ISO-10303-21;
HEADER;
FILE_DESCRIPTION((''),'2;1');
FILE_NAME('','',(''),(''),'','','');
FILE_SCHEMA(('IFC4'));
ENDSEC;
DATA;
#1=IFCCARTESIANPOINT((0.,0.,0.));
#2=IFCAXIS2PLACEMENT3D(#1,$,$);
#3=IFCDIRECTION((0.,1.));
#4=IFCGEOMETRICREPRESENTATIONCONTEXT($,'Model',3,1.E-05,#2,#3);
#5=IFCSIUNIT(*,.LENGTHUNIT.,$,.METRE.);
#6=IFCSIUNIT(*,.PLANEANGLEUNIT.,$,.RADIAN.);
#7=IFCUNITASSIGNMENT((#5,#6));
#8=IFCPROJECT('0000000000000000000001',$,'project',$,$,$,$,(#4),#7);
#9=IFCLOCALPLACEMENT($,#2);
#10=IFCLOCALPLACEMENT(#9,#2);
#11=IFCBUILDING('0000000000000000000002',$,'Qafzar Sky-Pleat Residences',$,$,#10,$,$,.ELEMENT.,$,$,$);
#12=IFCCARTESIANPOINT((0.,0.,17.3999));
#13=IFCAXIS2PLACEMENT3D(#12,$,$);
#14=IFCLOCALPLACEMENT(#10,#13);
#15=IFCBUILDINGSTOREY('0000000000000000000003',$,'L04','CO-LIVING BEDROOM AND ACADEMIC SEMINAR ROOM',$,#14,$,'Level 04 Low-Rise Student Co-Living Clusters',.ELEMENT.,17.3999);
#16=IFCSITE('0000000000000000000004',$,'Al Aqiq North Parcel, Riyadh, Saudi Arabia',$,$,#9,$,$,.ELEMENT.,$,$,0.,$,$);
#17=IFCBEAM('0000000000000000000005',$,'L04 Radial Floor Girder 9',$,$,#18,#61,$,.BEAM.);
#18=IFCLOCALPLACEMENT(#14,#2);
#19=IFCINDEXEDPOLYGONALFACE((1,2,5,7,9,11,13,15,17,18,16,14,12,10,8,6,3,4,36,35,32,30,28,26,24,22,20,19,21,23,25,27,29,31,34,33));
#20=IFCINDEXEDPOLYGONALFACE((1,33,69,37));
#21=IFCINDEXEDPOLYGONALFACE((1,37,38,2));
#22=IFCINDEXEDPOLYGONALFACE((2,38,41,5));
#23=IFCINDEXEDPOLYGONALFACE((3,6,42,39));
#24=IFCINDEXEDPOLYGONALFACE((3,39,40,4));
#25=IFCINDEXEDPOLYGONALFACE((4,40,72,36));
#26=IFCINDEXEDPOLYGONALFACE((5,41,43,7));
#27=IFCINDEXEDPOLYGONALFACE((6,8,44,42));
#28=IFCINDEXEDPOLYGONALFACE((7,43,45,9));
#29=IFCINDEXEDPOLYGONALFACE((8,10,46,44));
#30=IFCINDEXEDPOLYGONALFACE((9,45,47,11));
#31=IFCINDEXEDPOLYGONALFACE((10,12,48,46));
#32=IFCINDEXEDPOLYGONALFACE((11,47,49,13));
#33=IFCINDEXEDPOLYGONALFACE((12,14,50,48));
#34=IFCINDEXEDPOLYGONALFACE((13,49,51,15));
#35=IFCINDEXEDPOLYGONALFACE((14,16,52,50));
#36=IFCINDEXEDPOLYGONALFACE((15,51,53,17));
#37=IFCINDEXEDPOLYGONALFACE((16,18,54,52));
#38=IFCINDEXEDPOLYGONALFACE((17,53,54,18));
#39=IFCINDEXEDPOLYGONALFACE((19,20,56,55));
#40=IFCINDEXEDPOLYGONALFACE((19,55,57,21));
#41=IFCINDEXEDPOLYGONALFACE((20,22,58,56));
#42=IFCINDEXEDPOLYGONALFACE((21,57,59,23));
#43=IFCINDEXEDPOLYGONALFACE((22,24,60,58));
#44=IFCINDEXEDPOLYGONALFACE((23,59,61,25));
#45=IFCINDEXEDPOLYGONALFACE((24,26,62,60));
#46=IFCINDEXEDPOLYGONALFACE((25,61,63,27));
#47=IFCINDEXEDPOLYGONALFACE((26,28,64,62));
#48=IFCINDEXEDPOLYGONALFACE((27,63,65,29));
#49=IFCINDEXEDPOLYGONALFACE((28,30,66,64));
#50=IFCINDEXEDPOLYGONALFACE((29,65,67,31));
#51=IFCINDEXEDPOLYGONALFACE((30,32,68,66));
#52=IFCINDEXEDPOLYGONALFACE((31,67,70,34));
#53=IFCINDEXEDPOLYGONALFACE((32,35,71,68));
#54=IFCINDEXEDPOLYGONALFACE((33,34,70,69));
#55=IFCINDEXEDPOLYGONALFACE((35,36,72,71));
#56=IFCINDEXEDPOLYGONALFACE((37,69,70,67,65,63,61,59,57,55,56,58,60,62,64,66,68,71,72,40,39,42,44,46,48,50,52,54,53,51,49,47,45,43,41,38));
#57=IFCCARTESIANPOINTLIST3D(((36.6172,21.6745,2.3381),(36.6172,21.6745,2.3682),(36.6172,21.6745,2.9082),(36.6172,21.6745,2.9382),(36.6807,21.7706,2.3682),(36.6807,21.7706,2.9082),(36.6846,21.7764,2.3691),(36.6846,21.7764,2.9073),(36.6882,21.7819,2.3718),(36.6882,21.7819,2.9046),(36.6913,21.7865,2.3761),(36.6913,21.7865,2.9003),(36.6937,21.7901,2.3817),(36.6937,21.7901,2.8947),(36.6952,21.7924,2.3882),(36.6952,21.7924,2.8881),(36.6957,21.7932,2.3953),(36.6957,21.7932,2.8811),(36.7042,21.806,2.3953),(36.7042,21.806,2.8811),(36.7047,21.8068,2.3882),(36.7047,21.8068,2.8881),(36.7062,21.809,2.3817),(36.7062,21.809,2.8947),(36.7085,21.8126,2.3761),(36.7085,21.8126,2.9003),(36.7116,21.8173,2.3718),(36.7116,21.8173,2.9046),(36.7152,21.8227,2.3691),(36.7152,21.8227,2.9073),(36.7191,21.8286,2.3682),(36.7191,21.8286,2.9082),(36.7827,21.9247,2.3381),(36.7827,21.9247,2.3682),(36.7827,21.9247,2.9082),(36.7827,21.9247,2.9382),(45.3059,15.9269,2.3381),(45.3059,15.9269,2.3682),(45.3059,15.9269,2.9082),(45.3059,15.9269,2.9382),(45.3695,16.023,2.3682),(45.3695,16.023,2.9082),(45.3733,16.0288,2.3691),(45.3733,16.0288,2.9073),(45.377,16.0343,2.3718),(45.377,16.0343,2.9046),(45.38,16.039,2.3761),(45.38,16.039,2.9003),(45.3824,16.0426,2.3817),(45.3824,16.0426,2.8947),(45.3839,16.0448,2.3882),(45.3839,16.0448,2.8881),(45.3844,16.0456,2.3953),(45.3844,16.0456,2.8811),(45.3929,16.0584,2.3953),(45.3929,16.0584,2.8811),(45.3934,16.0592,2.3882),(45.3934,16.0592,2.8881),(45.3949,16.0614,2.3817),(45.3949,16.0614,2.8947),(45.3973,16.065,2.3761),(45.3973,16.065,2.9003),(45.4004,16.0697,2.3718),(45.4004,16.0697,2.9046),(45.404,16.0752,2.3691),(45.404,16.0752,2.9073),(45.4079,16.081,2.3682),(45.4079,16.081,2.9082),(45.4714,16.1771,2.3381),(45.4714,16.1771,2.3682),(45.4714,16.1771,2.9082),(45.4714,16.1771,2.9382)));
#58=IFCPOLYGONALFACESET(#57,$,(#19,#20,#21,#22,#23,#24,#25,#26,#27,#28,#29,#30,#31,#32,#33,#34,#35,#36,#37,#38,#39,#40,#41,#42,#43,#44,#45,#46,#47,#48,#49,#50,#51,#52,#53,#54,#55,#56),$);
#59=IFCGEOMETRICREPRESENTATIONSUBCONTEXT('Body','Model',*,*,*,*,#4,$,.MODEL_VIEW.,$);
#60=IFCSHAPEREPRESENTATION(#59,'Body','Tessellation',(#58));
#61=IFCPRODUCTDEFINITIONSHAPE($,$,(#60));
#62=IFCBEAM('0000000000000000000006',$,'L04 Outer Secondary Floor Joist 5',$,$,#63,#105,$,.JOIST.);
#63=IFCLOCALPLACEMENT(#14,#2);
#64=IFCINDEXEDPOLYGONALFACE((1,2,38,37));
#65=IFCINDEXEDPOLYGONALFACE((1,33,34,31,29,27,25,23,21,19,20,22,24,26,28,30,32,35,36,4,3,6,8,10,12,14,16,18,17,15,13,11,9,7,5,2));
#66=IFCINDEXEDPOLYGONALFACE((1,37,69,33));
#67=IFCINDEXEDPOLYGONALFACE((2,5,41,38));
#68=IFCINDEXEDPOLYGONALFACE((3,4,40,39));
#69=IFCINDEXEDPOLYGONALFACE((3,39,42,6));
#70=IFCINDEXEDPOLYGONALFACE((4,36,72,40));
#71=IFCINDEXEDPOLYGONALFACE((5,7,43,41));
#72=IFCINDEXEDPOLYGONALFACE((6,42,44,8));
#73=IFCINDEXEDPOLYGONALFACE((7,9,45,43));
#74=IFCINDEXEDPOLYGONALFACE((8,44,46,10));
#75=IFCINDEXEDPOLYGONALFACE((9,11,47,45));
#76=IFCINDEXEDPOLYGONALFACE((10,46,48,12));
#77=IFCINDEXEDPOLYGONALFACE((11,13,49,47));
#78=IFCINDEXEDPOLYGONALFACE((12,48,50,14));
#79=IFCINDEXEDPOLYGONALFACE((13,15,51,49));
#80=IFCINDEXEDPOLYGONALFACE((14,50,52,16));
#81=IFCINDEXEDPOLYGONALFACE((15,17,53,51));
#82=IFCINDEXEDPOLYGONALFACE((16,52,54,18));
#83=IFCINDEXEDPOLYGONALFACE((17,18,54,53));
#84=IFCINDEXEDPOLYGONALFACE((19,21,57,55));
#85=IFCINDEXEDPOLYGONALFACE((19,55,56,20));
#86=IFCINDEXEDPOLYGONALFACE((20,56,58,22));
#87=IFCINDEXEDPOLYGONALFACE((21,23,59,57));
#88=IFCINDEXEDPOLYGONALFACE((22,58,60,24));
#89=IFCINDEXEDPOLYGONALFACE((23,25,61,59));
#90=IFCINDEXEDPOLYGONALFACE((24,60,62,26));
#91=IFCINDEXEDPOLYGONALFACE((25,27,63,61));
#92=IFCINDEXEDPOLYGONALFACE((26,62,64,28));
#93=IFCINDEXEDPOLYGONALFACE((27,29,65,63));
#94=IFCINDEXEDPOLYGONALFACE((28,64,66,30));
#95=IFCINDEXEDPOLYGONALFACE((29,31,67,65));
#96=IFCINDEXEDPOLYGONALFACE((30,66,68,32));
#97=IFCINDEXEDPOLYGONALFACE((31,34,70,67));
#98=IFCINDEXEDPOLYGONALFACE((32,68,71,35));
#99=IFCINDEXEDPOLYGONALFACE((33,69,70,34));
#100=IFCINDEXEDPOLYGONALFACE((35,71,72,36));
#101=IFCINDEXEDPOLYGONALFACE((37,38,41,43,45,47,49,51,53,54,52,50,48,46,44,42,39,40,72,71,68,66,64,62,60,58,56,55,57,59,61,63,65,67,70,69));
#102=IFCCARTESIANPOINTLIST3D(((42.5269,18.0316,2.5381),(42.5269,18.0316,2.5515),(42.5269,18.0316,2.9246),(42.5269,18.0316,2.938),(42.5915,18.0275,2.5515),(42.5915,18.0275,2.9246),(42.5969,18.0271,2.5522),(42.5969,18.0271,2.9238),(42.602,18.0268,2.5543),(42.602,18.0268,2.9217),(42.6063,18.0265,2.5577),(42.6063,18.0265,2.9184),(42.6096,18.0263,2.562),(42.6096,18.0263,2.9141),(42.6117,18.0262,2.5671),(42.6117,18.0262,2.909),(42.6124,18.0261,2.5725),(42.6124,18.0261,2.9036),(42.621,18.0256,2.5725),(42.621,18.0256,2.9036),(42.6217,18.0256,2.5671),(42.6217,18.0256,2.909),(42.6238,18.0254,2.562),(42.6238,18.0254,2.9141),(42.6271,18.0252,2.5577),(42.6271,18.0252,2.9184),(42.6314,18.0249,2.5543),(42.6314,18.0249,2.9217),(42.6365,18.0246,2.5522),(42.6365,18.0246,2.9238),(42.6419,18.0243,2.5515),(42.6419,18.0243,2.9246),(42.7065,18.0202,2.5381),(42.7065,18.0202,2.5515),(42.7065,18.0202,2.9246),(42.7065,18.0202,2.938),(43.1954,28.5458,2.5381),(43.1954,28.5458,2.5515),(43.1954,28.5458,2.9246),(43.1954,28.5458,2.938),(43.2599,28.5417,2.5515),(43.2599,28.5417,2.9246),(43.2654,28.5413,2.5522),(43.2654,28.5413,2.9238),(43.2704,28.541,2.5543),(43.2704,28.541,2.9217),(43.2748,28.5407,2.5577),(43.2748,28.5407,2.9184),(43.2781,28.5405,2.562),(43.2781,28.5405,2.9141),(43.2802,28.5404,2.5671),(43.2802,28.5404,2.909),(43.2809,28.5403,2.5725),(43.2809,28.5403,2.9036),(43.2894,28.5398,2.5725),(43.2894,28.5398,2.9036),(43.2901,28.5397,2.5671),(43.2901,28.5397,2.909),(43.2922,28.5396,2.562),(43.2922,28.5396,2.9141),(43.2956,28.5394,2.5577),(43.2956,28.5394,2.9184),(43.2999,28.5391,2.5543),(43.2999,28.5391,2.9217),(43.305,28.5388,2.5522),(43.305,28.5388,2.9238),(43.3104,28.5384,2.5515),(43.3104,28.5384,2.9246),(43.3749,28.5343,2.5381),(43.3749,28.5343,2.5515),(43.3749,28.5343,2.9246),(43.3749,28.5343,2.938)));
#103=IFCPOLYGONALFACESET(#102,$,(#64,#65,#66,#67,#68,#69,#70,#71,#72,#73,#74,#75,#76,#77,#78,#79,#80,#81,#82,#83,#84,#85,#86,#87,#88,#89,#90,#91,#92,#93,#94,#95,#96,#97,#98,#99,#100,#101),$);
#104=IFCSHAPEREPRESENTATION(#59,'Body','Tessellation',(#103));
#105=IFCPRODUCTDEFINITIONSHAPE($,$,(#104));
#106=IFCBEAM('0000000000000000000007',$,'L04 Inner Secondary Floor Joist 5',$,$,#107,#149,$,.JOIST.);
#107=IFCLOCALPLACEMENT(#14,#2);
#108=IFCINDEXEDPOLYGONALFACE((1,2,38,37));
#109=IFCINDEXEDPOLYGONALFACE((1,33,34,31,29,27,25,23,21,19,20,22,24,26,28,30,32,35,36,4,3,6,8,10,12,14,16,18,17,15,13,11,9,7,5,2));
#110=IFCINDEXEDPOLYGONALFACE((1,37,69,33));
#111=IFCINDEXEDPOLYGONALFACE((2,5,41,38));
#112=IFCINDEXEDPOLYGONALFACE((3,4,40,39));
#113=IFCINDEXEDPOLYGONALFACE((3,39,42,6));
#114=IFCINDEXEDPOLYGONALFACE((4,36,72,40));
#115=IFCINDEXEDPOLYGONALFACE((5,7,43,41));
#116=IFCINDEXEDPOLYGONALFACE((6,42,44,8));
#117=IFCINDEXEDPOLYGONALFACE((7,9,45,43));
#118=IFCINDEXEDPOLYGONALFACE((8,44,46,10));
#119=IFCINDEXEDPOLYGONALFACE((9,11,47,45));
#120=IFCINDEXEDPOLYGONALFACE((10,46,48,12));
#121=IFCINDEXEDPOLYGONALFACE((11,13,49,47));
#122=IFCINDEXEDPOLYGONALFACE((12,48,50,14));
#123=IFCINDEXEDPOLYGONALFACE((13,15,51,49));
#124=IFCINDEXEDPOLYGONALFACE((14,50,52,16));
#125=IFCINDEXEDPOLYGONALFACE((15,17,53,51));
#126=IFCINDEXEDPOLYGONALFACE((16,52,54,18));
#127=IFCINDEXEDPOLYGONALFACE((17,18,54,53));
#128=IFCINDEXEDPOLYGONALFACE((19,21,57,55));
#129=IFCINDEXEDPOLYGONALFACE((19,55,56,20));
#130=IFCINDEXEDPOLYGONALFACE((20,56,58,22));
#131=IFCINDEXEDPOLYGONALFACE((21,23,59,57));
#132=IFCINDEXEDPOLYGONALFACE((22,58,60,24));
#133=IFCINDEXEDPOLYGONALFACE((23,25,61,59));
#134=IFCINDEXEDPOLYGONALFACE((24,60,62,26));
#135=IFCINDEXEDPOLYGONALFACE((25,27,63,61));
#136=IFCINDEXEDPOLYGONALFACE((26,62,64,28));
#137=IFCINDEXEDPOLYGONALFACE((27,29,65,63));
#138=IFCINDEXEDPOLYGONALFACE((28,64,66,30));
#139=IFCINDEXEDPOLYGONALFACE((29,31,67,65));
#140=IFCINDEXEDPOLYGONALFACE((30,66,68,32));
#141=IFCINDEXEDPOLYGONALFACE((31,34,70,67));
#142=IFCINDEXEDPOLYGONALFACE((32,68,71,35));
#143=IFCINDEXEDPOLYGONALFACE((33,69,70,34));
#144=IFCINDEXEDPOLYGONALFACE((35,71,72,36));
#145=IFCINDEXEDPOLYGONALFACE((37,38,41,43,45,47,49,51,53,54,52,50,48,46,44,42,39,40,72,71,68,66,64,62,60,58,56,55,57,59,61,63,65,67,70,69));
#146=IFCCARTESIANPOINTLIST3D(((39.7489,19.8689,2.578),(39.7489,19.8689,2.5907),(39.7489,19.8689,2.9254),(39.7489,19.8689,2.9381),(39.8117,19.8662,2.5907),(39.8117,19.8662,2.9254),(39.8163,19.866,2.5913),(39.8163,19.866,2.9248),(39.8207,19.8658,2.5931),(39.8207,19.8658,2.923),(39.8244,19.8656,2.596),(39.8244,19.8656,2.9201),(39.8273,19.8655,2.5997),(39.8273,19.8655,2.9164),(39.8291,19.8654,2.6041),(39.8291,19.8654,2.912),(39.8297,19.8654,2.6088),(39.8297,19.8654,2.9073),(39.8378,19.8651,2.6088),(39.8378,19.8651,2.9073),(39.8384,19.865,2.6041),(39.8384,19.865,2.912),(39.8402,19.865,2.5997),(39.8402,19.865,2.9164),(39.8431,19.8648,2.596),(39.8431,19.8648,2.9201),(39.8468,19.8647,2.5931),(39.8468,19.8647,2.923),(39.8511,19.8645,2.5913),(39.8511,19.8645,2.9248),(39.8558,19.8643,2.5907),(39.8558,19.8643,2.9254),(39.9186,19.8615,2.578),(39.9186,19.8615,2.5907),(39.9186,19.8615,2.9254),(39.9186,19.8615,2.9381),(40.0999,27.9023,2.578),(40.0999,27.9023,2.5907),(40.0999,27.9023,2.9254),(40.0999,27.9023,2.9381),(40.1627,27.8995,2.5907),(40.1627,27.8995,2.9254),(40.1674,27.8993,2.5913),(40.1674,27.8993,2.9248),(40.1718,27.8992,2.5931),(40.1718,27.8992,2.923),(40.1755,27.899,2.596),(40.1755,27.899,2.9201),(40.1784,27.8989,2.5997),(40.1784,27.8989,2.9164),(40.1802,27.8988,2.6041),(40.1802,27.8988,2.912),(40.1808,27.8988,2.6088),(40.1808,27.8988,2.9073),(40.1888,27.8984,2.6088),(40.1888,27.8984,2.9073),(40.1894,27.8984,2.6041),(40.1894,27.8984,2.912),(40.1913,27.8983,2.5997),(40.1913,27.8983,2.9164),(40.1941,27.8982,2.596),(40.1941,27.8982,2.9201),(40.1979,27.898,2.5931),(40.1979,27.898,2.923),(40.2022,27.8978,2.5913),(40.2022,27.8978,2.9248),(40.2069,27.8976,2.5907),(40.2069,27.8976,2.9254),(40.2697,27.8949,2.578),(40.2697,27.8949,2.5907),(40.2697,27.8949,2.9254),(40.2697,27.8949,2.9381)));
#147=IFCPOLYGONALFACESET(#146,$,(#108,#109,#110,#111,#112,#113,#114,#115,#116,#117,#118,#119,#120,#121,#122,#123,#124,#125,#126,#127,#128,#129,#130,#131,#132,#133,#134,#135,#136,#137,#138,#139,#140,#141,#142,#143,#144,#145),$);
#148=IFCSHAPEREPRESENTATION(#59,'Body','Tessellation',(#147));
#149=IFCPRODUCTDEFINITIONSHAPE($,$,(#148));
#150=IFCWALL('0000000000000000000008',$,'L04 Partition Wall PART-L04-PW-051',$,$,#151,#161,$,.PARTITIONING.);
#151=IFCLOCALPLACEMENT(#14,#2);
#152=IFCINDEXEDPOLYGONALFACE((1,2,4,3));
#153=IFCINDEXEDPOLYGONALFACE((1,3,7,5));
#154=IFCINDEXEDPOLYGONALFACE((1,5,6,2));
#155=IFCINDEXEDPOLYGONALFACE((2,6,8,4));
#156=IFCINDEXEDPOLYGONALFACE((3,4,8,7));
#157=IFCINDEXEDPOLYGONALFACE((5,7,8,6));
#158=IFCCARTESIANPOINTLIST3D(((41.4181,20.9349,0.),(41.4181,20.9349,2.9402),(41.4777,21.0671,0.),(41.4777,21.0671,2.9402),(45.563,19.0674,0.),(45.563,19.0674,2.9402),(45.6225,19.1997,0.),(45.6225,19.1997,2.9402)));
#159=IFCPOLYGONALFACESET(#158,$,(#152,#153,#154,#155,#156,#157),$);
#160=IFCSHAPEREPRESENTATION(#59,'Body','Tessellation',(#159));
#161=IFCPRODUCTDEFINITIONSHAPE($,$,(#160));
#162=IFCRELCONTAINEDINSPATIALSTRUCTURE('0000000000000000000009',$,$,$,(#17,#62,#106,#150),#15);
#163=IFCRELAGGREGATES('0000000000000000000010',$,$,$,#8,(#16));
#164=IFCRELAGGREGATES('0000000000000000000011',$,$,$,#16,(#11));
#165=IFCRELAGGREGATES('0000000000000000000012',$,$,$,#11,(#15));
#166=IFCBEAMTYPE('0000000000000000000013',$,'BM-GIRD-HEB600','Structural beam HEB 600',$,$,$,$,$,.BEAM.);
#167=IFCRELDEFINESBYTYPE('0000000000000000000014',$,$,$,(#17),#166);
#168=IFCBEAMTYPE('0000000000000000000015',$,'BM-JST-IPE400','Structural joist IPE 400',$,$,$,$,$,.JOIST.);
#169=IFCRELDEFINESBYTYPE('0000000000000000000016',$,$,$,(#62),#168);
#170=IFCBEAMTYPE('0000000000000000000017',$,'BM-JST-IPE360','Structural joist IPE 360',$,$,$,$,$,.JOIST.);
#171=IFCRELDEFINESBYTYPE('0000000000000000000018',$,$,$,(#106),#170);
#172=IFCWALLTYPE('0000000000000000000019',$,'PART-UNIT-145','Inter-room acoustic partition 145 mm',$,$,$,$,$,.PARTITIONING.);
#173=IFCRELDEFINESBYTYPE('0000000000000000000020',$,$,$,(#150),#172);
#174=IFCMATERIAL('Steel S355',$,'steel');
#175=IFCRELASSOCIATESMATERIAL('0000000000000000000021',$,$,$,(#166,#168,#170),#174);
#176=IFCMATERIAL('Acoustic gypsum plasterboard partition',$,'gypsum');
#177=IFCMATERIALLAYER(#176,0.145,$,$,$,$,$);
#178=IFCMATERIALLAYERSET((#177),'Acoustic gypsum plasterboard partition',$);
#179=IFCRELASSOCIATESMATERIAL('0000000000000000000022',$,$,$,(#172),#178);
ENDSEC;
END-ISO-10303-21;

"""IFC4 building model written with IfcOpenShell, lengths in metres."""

from ifc_helpers import new_model, si_unit, direction, frame, frame_2d, origin, origin_2d, place, context, subcontext, project, spatial, rectangle, i_section, extrude, source, transform, mapped, material, layer, layer_set, material_profile, profile_set, type_object, element, save


model = new_model("IFC4")

# Units and contexts
model_context = context("Model", 3, precision=1e-05, world=origin(), true_north=direction((0.0, 1.0)))
body_context = subcontext(model_context, "Body", "Model", "MODEL_VIEW")
ifc_project = project(units=[si_unit("LENGTHUNIT", "METRE"), si_unit("PLANEANGLEUNIT", "RADIAN")], contexts=[model_context])

# Site, building, storey
site_placement = place(None, origin())
site = spatial("IfcSite", under=ifc_project, at=site_placement, Name="Al Aqiq North Parcel, Riyadh, Saudi Arabia", CompositionType="ELEMENT", RefElevation=0.0)
building_placement = place(site_placement, origin())
building = spatial("IfcBuilding", under=site, at=building_placement, Name="Qafzar Sky-Pleat Residences", CompositionType="ELEMENT")
storey_placement = place(building_placement, frame((0.0, 0.0, 17.3999)))
storey = spatial("IfcBuildingStorey", under=building, at=storey_placement, Name="L04", Description="CO-LIVING BEDROOM AND ACADEMIC SEMINAR ROOM", LongName="Level 04 Low-Rise Student Co-Living Clusters", CompositionType="ELEMENT", Elevation=17.3999)

# Beams
ifc_material_1 = material(Name="Steel S355", Category="steel")
ifc_material_profile_1 = material_profile(ifc_material_1, i_section(OverallWidth=0.3, OverallDepth=0.6001, WebThickness=0.0154, FlangeThickness=0.03, FilletRadius=0.0271, at=origin_2d()), Name="HEB 600")
ifc_profile_set_1 = profile_set([ifc_material_profile_1], Name="Steel S355")
beam_type_1 = type_object("IfcBeamType", Name="BM-GIRD-HEB600", Description="Structural beam HEB 600", PredefinedType="BEAM", material=ifc_profile_set_1)
shared_shape_1 = source(origin(), body_context, "Body", "SweptSolid", [
    extrude(i_section(OverallWidth=0.3, OverallDepth=0.6001, WebThickness=0.0154, FlangeThickness=0.03, FilletRadius=0.0271, at=origin_2d()), origin(), (0.0, 0.0, 1.0), 10.4177),
])
beam_1_placement = place(storey_placement, frame((45.3887, 16.052, 2.6382), z_axis=(-0.834035, 0.551711, 0.0), x_axis=(-0.551711, -0.834035, 0.0)))
element("IfcBeam", 1, at=beam_1_placement, inside=storey, type_object=beam_type_1, Name="L04 Radial Floor Girder 9", PredefinedType="BEAM", context=body_context, shape_type="MappedRepresentation", body=[
    mapped(shared_shape_1, transform((0.0, 0.0, 0.0), x_axis=(1.0, 0.0, 0.0), y_axis=(0.0, 1.0, 0.0), z_axis=(0.0, 0.0, 1.0), scale=1.0)),
])
ifc_material_profile_2 = material_profile(ifc_material_1, i_section(OverallWidth=0.1799, OverallDepth=0.3999, WebThickness=0.0085, FlangeThickness=0.0134, FilletRadius=0.021, at=origin_2d()), Name="IPE 400")
ifc_profile_set_2 = profile_set([ifc_material_profile_2], Name="Steel S355")
beam_type_2 = type_object("IfcBeamType", Name="BM-JST-IPE400", Description="Structural joist IPE 400", PredefinedType="JOIST", material=ifc_profile_set_2)
shared_shape_2 = source(origin(), body_context, "Body", "SweptSolid", [
    extrude(i_section(OverallWidth=0.1799, OverallDepth=0.3999, WebThickness=0.0085, FlangeThickness=0.0134, FilletRadius=0.021, at=origin_2d()), origin(), (0.0, 0.0, 1.0), 10.5354),
])
beam_2_placement = place(storey_placement, frame((42.6167, 18.0259, 2.738), z_axis=(0.063449, 0.997985, 0.0), x_axis=(-0.997985, 0.063449, 0.0)))
element("IfcBeam", 2, at=beam_2_placement, inside=storey, type_object=beam_type_2, Name="L04 Outer Secondary Floor Joist 5", PredefinedType="JOIST", context=body_context, shape_type="MappedRepresentation", body=[
    mapped(shared_shape_2, transform((0.0, 0.0, 0.0), x_axis=(1.0, 0.0, 0.0), y_axis=(0.0, 1.0, 0.0), z_axis=(0.0, 0.0, 1.0), scale=1.0)),
])
ifc_material_profile_3 = material_profile(ifc_material_1, i_section(OverallWidth=0.1699, OverallDepth=0.3601, WebThickness=0.0081, FlangeThickness=0.0127, FilletRadius=0.0181, at=origin_2d()), Name="IPE 360")
ifc_profile_set_3 = profile_set([ifc_material_profile_3], Name="Steel S355")
beam_type_3 = type_object("IfcBeamType", Name="BM-JST-IPE360", Description="Structural joist IPE 360", PredefinedType="JOIST", material=ifc_profile_set_3)
shared_shape_3 = source(origin(), body_context, "Body", "SweptSolid", [
    extrude(i_section(OverallWidth=0.1699, OverallDepth=0.3601, WebThickness=0.0081, FlangeThickness=0.0127, FilletRadius=0.0181, at=origin_2d()), origin(), (0.0, 0.0, 1.0), 8.041),
])
beam_3_placement = place(storey_placement, frame((39.8337, 19.8652, 2.7581), z_axis=(0.04366, 0.999046, 0.0), x_axis=(-0.999046, 0.04366, 0.0)))
element("IfcBeam", 3, at=beam_3_placement, inside=storey, type_object=beam_type_3, Name="L04 Inner Secondary Floor Joist 5", PredefinedType="JOIST", context=body_context, shape_type="MappedRepresentation", body=[
    mapped(shared_shape_3, transform((0.0, 0.0, 0.0), x_axis=(1.0, 0.0, 0.0), y_axis=(0.0, 1.0, 0.0), z_axis=(0.0, 0.0, 1.0), scale=1.0)),
])

# Wall
ifc_material_2 = material(Name="Acoustic gypsum plasterboard partition", Category="gypsum")
ifc_layer_1 = layer(ifc_material_2, 0.145)
ifc_layer_set_1 = layer_set([ifc_layer_1], Name="Acoustic gypsum plasterboard partition")
wall_type_1 = type_object("IfcWallType", Name="PART-UNIT-145", Description="Inter-room acoustic partition 145 mm", PredefinedType="PARTITIONING", material=ifc_layer_set_1)
wall_1_placement = place(storey_placement, frame((41.448, 21.001, 0.0), z_axis=(0.0, 0.0, 1.0), x_axis=(0.911734, -0.410782, 0.0)))
element("IfcWall", 4, at=wall_1_placement, inside=storey, type_object=wall_type_1, Name="L04 Partition Wall PART-L04-PW-051", PredefinedType="PARTITIONING", context=body_context, shape_type="SweptSolid", body=[
    extrude(rectangle(XDim=4.5461, YDim=0.145, at=frame_2d((2.2729, 0.0))), origin(), (0.0, 0.0, 1.0), 2.9402),
])

save(model, "model.ifc")
